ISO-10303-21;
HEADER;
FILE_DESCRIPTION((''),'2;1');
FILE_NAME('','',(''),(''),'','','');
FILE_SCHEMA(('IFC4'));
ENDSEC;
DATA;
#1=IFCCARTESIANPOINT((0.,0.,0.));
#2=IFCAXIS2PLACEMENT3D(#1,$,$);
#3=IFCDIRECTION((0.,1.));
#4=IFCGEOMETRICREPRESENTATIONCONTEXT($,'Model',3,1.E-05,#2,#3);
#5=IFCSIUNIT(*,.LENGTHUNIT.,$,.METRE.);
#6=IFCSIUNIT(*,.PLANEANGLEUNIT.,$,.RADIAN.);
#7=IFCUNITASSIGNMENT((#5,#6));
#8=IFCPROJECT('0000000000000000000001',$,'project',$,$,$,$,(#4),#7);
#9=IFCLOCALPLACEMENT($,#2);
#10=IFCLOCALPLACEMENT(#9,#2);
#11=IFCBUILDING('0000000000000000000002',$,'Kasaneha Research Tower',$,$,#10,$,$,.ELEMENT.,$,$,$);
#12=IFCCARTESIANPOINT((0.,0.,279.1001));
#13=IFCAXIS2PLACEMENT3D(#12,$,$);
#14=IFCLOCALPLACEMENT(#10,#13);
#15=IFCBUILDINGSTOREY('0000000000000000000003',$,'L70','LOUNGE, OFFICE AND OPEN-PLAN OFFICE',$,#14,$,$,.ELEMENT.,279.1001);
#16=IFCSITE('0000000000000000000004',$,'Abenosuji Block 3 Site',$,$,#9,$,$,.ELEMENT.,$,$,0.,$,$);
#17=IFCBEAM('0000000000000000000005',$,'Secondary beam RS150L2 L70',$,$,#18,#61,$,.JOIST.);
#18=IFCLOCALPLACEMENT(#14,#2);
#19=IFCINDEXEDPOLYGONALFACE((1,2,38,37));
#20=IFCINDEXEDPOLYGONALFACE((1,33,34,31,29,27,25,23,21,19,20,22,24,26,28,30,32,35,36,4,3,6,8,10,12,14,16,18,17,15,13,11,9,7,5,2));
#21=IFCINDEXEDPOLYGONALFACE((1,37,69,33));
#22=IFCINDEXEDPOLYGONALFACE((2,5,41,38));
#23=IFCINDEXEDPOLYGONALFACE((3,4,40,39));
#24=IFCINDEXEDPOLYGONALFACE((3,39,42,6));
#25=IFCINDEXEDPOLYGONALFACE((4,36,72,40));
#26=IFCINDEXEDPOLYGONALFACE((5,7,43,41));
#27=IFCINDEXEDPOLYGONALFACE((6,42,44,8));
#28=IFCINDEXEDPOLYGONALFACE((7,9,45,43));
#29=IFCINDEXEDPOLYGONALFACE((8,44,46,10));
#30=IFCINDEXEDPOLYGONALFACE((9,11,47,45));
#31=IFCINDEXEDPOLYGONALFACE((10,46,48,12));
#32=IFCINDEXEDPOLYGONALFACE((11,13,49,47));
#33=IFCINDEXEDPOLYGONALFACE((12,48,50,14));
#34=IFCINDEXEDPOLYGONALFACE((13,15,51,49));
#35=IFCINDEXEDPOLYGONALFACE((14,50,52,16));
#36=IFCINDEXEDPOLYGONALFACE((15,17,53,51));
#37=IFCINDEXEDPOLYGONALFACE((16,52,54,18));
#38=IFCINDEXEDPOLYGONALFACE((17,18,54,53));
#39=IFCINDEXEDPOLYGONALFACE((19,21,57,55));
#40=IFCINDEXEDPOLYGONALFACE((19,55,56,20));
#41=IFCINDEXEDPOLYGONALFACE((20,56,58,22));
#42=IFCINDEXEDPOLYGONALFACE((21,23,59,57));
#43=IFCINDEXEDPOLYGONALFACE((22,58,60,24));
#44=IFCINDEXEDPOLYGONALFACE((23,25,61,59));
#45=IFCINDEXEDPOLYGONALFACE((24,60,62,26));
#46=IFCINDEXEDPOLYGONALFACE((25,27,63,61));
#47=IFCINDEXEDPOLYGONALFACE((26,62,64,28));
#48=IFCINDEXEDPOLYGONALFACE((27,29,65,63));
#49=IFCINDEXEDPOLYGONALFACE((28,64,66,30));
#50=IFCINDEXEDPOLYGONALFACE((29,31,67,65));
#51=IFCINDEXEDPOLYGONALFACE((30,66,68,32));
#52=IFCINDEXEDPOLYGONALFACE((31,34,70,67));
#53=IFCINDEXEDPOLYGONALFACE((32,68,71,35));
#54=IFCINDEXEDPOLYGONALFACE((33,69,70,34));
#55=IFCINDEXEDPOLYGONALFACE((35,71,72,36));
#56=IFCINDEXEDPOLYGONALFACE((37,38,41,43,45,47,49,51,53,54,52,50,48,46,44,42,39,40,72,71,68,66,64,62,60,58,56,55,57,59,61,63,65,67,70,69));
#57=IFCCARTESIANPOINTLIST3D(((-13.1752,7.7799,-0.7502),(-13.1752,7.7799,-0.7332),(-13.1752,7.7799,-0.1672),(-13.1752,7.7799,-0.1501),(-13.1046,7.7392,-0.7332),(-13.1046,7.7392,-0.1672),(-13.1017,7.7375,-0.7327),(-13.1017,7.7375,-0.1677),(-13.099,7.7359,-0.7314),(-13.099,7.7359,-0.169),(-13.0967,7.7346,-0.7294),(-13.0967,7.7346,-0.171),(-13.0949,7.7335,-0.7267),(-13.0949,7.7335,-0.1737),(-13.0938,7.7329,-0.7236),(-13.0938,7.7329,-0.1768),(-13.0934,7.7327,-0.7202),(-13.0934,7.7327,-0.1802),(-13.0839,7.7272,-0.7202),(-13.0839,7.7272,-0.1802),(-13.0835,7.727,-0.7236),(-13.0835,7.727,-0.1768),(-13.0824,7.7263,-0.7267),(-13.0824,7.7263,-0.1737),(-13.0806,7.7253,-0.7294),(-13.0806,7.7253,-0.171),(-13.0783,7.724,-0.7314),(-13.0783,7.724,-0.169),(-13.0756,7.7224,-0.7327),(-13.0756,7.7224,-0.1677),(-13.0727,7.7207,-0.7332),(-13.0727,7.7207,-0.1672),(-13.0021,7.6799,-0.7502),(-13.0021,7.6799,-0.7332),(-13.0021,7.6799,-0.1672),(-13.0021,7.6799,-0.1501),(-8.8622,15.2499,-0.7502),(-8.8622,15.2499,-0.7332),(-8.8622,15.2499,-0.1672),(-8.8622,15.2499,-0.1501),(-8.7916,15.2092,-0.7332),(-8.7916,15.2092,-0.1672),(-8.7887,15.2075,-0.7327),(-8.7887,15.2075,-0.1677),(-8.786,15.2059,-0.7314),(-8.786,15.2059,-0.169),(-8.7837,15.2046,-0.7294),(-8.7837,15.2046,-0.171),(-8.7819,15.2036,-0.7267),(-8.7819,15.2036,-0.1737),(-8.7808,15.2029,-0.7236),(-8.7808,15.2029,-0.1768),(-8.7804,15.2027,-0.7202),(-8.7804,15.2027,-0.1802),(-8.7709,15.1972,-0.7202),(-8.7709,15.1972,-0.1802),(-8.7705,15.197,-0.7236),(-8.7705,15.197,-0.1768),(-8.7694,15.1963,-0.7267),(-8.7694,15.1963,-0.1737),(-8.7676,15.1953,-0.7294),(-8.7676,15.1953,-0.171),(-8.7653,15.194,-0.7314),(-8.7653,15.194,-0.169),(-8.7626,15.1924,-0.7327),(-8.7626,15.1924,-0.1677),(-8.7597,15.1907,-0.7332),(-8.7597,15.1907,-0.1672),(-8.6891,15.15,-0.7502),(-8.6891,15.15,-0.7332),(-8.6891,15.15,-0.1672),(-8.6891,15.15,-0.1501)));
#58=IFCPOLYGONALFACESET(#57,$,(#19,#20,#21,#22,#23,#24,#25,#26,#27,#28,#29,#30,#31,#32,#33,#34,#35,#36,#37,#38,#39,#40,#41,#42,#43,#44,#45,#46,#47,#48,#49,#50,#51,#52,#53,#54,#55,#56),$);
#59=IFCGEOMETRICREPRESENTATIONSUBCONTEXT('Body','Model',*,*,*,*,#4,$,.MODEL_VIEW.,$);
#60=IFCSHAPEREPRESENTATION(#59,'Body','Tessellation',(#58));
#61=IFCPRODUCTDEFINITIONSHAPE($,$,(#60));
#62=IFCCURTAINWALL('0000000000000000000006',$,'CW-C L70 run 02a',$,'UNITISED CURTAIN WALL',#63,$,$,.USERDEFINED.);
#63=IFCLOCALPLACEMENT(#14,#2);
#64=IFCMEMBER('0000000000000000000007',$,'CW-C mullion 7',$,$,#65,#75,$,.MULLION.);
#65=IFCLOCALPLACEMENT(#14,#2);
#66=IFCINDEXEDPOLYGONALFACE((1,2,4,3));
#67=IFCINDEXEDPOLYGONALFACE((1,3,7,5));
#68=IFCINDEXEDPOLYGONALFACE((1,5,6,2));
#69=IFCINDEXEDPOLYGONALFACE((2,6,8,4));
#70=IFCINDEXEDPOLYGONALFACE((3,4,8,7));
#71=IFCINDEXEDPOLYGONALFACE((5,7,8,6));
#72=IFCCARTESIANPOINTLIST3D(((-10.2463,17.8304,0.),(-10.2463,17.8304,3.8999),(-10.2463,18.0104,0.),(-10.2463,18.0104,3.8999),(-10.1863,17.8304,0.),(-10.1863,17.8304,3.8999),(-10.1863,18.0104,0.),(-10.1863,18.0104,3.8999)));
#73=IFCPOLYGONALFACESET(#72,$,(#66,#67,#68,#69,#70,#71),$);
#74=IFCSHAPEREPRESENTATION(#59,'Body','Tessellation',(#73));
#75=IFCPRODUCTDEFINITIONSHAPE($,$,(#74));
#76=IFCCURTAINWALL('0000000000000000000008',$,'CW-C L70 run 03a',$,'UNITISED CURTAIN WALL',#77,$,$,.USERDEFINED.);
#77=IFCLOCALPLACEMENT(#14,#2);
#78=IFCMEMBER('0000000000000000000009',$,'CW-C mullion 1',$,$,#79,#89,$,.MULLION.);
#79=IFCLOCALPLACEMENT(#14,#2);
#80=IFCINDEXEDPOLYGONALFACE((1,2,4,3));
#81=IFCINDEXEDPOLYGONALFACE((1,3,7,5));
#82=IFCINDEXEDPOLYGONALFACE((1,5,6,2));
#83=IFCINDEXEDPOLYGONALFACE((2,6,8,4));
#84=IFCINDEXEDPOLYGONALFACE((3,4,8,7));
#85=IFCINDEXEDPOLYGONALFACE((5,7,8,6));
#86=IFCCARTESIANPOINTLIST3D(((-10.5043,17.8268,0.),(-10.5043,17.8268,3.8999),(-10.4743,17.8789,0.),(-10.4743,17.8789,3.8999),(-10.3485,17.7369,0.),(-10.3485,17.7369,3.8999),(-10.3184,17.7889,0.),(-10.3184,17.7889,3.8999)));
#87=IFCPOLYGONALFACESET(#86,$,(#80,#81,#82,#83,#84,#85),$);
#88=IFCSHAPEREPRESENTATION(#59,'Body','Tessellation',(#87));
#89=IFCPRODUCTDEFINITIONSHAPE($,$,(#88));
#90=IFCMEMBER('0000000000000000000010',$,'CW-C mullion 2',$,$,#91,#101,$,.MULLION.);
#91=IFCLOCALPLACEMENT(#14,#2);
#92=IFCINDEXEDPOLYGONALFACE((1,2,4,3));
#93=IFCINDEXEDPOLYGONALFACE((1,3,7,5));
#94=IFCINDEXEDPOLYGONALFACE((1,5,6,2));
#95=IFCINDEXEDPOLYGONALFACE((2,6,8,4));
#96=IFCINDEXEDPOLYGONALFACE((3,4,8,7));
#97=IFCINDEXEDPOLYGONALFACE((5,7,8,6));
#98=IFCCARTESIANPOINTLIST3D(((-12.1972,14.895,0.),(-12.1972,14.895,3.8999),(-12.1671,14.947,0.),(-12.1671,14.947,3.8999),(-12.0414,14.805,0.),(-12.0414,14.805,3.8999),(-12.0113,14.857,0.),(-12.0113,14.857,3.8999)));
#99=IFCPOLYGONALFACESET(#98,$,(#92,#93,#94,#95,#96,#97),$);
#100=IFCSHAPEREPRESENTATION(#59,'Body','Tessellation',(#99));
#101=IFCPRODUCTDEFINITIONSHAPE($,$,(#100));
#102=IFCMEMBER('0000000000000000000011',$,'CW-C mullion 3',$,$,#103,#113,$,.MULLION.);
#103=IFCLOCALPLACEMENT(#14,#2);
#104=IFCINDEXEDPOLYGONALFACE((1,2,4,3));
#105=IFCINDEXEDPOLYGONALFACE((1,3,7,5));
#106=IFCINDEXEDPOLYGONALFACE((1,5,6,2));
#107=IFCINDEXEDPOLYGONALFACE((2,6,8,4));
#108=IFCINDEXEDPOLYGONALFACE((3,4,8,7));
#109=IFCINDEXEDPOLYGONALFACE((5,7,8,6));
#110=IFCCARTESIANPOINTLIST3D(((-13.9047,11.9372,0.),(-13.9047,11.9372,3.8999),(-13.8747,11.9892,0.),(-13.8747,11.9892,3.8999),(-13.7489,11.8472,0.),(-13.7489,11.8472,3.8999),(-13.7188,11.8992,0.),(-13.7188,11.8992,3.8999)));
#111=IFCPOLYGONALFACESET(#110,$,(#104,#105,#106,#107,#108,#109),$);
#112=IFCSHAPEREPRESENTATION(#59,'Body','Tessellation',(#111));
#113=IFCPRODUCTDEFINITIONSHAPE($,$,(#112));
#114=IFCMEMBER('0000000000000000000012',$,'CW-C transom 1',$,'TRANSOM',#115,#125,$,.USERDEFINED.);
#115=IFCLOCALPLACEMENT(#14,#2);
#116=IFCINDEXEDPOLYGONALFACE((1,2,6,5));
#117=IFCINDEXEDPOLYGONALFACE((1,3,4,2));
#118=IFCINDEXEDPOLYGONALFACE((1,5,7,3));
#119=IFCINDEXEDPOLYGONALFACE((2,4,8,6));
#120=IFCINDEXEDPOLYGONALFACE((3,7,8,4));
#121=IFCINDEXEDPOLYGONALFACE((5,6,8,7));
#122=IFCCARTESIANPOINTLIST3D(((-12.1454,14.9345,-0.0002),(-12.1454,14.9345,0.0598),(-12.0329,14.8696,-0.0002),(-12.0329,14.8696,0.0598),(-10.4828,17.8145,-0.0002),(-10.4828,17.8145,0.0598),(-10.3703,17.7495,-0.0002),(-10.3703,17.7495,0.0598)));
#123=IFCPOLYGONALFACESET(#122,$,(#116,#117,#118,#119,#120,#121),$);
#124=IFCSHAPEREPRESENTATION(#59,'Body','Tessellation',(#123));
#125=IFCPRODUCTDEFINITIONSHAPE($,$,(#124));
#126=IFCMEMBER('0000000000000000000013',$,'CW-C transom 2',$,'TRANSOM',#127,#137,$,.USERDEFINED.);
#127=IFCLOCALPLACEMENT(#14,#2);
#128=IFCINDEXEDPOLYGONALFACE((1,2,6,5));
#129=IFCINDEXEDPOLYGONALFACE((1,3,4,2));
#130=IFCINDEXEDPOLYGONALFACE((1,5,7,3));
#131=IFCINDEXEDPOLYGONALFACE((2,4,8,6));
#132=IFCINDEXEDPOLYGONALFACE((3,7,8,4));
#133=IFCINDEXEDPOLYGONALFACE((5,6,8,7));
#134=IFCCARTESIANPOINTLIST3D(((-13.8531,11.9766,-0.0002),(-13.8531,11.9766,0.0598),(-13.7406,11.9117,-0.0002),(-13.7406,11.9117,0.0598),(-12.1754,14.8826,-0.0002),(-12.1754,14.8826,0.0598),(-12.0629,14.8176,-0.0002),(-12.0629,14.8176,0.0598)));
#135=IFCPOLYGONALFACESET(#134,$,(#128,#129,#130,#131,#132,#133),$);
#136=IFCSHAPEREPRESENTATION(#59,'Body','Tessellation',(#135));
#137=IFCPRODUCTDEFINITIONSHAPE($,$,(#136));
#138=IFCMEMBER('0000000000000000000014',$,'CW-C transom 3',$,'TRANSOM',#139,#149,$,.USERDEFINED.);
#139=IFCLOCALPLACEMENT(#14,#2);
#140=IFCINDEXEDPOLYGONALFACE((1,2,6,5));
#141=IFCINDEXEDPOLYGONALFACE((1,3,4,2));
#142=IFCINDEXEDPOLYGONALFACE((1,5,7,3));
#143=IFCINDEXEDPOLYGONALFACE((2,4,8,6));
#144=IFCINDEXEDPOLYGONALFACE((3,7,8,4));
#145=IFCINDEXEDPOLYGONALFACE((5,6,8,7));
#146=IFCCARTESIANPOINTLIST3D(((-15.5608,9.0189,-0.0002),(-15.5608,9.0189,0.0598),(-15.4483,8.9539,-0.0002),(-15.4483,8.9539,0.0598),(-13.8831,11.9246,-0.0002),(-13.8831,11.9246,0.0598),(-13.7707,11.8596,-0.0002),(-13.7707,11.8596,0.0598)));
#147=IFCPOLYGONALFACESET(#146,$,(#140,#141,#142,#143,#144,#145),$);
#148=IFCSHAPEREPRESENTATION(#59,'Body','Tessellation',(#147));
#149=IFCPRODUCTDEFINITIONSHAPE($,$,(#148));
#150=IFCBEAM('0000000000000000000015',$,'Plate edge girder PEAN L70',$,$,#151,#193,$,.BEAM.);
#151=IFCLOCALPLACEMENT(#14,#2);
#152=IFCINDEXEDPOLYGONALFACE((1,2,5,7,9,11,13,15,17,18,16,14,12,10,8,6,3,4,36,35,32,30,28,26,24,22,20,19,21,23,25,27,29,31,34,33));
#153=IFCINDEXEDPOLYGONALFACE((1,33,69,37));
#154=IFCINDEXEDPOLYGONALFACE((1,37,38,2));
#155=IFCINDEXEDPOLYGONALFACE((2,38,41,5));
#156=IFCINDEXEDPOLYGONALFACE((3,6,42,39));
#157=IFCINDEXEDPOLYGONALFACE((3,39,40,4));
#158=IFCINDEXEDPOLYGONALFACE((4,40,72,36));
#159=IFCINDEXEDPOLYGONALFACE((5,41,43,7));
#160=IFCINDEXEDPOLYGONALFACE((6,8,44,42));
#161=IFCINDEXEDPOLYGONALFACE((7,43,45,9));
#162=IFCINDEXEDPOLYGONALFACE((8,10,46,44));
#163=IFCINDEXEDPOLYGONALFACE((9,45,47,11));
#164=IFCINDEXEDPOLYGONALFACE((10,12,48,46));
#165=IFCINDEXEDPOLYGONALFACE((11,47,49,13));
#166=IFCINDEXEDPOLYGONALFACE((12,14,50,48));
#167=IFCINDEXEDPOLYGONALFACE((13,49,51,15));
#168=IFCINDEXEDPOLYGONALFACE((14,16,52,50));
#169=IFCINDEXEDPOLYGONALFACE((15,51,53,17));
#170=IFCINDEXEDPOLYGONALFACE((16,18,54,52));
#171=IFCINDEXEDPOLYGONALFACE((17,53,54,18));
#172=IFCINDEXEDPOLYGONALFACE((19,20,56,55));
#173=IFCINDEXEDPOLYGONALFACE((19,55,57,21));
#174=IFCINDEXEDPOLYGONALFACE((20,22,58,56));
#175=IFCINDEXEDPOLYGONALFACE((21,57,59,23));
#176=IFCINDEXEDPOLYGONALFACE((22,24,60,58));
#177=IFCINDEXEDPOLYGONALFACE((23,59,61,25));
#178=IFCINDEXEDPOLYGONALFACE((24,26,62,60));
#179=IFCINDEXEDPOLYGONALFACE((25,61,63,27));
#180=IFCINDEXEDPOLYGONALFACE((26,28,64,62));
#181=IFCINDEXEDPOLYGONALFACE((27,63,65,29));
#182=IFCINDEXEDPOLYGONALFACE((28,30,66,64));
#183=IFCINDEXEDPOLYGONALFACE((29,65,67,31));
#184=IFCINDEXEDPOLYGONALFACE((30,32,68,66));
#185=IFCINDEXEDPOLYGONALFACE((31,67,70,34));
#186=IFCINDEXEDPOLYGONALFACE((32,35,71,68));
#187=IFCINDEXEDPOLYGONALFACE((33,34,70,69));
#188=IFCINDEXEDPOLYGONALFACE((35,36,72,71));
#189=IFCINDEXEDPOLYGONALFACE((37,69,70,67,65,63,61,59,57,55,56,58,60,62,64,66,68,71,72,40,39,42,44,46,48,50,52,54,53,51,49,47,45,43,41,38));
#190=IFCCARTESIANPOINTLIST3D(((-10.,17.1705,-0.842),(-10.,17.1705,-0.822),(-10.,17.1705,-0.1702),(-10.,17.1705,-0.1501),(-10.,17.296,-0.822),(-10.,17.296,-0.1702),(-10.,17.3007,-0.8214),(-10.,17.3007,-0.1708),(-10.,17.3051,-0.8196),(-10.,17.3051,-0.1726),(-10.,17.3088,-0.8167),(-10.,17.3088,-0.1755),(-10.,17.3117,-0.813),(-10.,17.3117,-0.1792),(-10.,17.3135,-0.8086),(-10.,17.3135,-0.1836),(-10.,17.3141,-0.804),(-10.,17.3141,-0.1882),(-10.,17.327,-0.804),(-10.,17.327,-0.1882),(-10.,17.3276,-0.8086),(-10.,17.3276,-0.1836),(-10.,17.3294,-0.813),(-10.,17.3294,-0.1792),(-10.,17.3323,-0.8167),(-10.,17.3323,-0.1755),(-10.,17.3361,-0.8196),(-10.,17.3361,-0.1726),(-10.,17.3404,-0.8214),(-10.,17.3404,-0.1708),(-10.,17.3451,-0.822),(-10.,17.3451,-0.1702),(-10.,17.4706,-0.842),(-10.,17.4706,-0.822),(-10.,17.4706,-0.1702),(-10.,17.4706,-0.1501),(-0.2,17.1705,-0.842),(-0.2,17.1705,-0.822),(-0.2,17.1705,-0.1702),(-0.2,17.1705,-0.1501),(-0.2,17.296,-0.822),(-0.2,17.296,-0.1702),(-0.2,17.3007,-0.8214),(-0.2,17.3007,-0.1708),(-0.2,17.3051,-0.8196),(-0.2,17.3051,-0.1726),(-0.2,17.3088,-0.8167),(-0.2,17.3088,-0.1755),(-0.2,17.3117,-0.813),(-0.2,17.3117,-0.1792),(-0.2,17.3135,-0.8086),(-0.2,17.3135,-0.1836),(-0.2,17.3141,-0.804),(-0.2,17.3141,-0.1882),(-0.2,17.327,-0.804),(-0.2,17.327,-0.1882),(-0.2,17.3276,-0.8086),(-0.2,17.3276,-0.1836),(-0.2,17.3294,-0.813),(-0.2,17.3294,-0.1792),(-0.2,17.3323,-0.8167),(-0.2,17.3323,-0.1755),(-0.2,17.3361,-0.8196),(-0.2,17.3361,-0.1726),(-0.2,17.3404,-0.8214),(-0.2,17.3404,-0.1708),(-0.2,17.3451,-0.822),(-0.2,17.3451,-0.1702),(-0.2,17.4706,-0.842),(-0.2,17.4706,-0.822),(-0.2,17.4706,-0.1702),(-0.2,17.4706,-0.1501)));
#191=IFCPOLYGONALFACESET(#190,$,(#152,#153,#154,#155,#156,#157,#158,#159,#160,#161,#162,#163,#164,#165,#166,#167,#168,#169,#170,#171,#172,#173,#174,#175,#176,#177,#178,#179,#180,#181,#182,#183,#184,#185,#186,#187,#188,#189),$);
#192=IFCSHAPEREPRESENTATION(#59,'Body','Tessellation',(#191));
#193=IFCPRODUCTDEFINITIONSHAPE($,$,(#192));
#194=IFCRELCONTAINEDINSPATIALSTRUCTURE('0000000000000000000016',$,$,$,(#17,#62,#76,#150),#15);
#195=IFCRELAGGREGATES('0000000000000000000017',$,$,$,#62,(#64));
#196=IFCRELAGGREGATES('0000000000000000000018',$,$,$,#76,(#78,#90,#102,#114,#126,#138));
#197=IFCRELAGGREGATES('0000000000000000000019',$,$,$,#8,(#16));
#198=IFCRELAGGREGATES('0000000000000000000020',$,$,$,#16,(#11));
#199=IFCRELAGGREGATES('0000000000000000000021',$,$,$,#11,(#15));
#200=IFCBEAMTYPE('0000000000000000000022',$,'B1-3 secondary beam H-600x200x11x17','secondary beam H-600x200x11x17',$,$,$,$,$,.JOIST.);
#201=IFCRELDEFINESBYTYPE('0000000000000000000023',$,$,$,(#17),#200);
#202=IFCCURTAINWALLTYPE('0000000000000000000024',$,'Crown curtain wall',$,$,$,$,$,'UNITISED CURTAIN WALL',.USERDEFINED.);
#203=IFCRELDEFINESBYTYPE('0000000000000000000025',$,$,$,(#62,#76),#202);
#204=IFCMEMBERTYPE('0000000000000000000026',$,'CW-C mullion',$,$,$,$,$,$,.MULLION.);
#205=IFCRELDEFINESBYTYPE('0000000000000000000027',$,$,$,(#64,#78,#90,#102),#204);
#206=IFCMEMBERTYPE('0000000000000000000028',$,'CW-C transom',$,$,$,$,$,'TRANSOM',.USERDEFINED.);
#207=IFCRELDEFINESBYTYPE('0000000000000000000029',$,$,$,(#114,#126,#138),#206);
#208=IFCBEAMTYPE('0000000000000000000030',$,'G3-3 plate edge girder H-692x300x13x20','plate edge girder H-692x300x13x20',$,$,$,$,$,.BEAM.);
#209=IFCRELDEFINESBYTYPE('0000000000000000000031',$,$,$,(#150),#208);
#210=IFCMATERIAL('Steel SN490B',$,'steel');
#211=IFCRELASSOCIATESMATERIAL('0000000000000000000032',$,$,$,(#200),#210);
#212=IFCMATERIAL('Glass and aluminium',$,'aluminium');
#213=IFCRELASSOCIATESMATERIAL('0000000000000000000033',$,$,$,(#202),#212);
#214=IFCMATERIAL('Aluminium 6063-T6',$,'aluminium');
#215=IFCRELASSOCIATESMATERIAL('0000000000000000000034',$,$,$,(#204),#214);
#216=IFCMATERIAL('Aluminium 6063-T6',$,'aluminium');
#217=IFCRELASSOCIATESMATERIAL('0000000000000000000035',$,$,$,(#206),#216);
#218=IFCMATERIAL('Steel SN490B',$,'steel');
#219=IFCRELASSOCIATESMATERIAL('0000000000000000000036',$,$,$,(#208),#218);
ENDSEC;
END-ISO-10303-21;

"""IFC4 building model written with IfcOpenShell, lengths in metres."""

from ifc_helpers import new_model, si_unit, direction, frame, origin, origin_2d, place, context, subcontext, project, spatial, rectangle, i_section, extrude, material, material_profile, profile_set, type_object, element, aggregate, save


model = new_model("IFC4")

# Units and contexts
model_context = context("Model", 3, precision=1e-05, world=origin(), true_north=direction((0.0, 1.0)))
body_context = subcontext(model_context, "Body", "Model", "MODEL_VIEW")
ifc_project = project(units=[si_unit("LENGTHUNIT", "METRE"), si_unit("PLANEANGLEUNIT", "RADIAN")], contexts=[model_context])

# Site, building, storey
site_placement = place(None, origin())
site = spatial("IfcSite", under=ifc_project, at=site_placement, Name="Abenosuji Block 3 Site", CompositionType="ELEMENT", RefElevation=0.0)
building_placement = place(site_placement, origin())
building = spatial("IfcBuilding", under=site, at=building_placement, Name="Kasaneha Research Tower", CompositionType="ELEMENT")
storey_placement = place(building_placement, frame((0.0, 0.0, 279.1001)))
storey = spatial("IfcBuildingStorey", under=building, at=storey_placement, Name="L70", Description="LOUNGE, OFFICE AND OPEN-PLAN OFFICE", CompositionType="ELEMENT", Elevation=279.1001)

# Beam
ifc_material_1 = material(Name="Steel SN490B", Category="steel")
ifc_material_profile_1 = material_profile(ifc_material_1, i_section(OverallWidth=0.2, OverallDepth=0.6001, WebThickness=0.011, FlangeThickness=0.0171, FilletRadius=0.0129, at=origin_2d()), Name="H-600x200x11x17")
ifc_profile_set_1 = profile_set([ifc_material_profile_1], Name="Steel SN490B")
beam_type_1 = type_object("IfcBeamType", Name="B1-3 secondary beam H-600x200x11x17", Description="secondary beam H-600x200x11x17", PredefinedType="JOIST", material=ifc_profile_set_1)
beam_1_placement = place(storey_placement, frame((-8.7756, 15.2, -0.4502), z_axis=(-0.500017, -0.866015, 0.0), x_axis=(0.866015, -0.500017, 0.0)))
element("IfcBeam", 1, at=beam_1_placement, inside=storey, type_object=beam_type_1, Name="Secondary beam RS150L2 L70", PredefinedType="JOIST", context=body_context, shape_type="SweptSolid", body=[
    extrude(i_section(OverallWidth=0.2, OverallDepth=0.6001, WebThickness=0.011, FlangeThickness=0.0171, FilletRadius=0.0129, at=origin_2d()), origin(), (0.0, 0.0, 1.0), 8.6257),
])

# Curtain wall, member
ifc_material_2 = material(Name="Glass and aluminium", Category="aluminium")
curtain_wall_type = type_object("IfcCurtainWallType", Name="Crown curtain wall", ElementType="UNITISED CURTAIN WALL", PredefinedType="USERDEFINED", material=ifc_material_2)
curtain_wall_1_placement = place(storey_placement, origin())
curtain_wall_1 = element("IfcCurtainWall", 2, at=curtain_wall_1_placement, inside=storey, type_object=curtain_wall_type, Name="CW-C L70 run 02a", ObjectType="UNITISED CURTAIN WALL", PredefinedType="USERDEFINED")
ifc_material_3 = material(Name="Aluminium 6063-T6", Category="aluminium")
ifc_material_profile_2 = material_profile(ifc_material_3, rectangle(XDim=0.0601, YDim=0.1799, at=origin_2d()), Name="CW-C mullion 60x180")
ifc_profile_set_2 = profile_set([ifc_material_profile_2], Name="Aluminium 6063-T6")
member_type_1 = type_object("IfcMemberType", Name="CW-C mullion", PredefinedType="MULLION", material=ifc_profile_set_2)
member_1_placement = place(storey_placement, frame((-10.2163, 17.9204, 0.0), z_axis=(0.0, 0.0, 1.0), x_axis=(-1.0, 0.0, 0.0)))
member_1 = element("IfcMember", 3, at=member_1_placement, type_object=member_type_1, Name="CW-C mullion 7", PredefinedType="MULLION", context=body_context, shape_type="SweptSolid", body=[
    extrude(rectangle(XDim=0.0601, YDim=0.1799, at=origin_2d()), origin(), (0.0, 0.0, 1.0), 3.8999),
])

# Curtain wall, members
curtain_wall_2_placement = place(storey_placement, origin())
curtain_wall_2 = element("IfcCurtainWall", 4, at=curtain_wall_2_placement, inside=storey, type_object=curtain_wall_type, Name="CW-C L70 run 03a", ObjectType="UNITISED CURTAIN WALL", PredefinedType="USERDEFINED")
member_2_placement = place(storey_placement, frame((-10.4114, 17.8079, 0.0), z_axis=(0.0, 0.0, 1.0), x_axis=(-0.5, -0.866025, 0.0)))
member_2 = element("IfcMember", 5, at=member_2_placement, type_object=member_type_1, Name="CW-C mullion 1", PredefinedType="MULLION", context=body_context, shape_type="SweptSolid", body=[
    extrude(rectangle(XDim=0.0601, YDim=0.1799, at=origin_2d()), origin(), (0.0, 0.0, 1.0), 3.8999),
])
member_3_placement = place(storey_placement, frame((-12.1042, 14.876, 0.0), z_axis=(0.0, 0.0, 1.0), x_axis=(-0.5, -0.866025, 0.0)))
member_3 = element("IfcMember", 6, at=member_3_placement, type_object=member_type_1, Name="CW-C mullion 2", PredefinedType="MULLION", context=body_context, shape_type="SweptSolid", body=[
    extrude(rectangle(XDim=0.0601, YDim=0.1799, at=origin_2d()), origin(), (0.0, 0.0, 1.0), 3.8999),
])
member_4_placement = place(storey_placement, frame((-13.8118, 11.9182, 0.0), z_axis=(0.0, 0.0, 1.0), x_axis=(-0.5, -0.866025, 0.0)))
member_4 = element("IfcMember", 7, at=member_4_placement, type_object=member_type_1, Name="CW-C mullion 3", PredefinedType="MULLION", context=body_context, shape_type="SweptSolid", body=[
    extrude(rectangle(XDim=0.0601, YDim=0.1799, at=origin_2d()), origin(), (0.0, 0.0, 1.0), 3.8999),
])
ifc_material_4 = material(Name="Aluminium 6063-T6", Category="aluminium")
ifc_material_profile_3 = material_profile(ifc_material_4, rectangle(XDim=0.1299, YDim=0.0601, at=origin_2d()), Name="CW-C transom 130x60")
ifc_profile_set_3 = profile_set([ifc_material_profile_3], Name="Aluminium 6063-T6")
member_type_2 = type_object("IfcMemberType", Name="CW-C transom", ElementType="TRANSOM", PredefinedType="USERDEFINED", material=ifc_profile_set_3)
member_5_placement = place(storey_placement, frame((-10.4265, 17.782, 0.0298), z_axis=(-0.499977, -0.866039, 0.0), x_axis=(0.866039, -0.499977, 0.0)))
member_5 = element("IfcMember", 8, at=member_5_placement, type_object=member_type_2, Name="CW-C transom 1", ObjectType="TRANSOM", PredefinedType="USERDEFINED", context=body_context, shape_type="SweptSolid", body=[
    extrude(rectangle(XDim=0.1299, YDim=0.0601, at=origin_2d()), origin(), (0.0, 0.0, 1.0), 3.3254),
])
member_6_placement = place(storey_placement, frame((-12.1191, 14.8501, 0.0298), z_axis=(-0.499989, -0.866032, 0.0), x_axis=(0.866032, -0.499989, 0.0)))
member_6 = element("IfcMember", 9, at=member_6_placement, type_object=member_type_2, Name="CW-C transom 2", ObjectType="TRANSOM", PredefinedType="USERDEFINED", context=body_context, shape_type="SweptSolid", body=[
    extrude(rectangle(XDim=0.1299, YDim=0.0601, at=origin_2d()), origin(), (0.0, 0.0, 1.0), 3.3555),
])
member_7_placement = place(storey_placement, frame((-13.8269, 11.8921, 0.0298), z_axis=(-0.500021, -0.866014, 0.0), x_axis=(0.866014, -0.500021, 0.0)))
member_7 = element("IfcMember", 10, at=member_7_placement, type_object=member_type_2, Name="CW-C transom 3", ObjectType="TRANSOM", PredefinedType="USERDEFINED", context=body_context, shape_type="SweptSolid", body=[
    extrude(rectangle(XDim=0.1299, YDim=0.0601, at=origin_2d()), origin(), (0.0, 0.0, 1.0), 3.3552),
])

# Beam
ifc_material_5 = material(Name="Steel SN490B", Category="steel")
ifc_material_profile_4 = material_profile(ifc_material_5, i_section(OverallWidth=0.3, OverallDepth=0.6919, WebThickness=0.0129, FlangeThickness=0.02, FilletRadius=0.0181, at=origin_2d()), Name="H-692x300x13x20")
ifc_profile_set_4 = profile_set([ifc_material_profile_4], Name="Steel SN490B")
beam_type_2 = type_object("IfcBeamType", Name="G3-3 plate edge girder H-692x300x13x20", Description="plate edge girder H-692x300x13x20", PredefinedType="BEAM", material=ifc_profile_set_4)
beam_2_placement = place(storey_placement, frame((-10.0, 17.3206, -0.4961), z_axis=(1.0, 0.0, 0.0), x_axis=(0.0, 1.0, 0.0)))
element("IfcBeam", 11, at=beam_2_placement, inside=storey, type_object=beam_type_2, Name="Plate edge girder PEAN L70", PredefinedType="BEAM", context=body_context, shape_type="SweptSolid", body=[
    extrude(i_section(OverallWidth=0.3, OverallDepth=0.6919, WebThickness=0.0129, FlangeThickness=0.02, FilletRadius=0.0181, at=origin_2d()), origin(), (0.0, 0.0, 1.0), 9.8),
])

aggregate(curtain_wall_1, [member_1])
aggregate(curtain_wall_2, [member_2, member_3, member_4, member_5, member_6, member_7])

save(model, "model.ifc")
